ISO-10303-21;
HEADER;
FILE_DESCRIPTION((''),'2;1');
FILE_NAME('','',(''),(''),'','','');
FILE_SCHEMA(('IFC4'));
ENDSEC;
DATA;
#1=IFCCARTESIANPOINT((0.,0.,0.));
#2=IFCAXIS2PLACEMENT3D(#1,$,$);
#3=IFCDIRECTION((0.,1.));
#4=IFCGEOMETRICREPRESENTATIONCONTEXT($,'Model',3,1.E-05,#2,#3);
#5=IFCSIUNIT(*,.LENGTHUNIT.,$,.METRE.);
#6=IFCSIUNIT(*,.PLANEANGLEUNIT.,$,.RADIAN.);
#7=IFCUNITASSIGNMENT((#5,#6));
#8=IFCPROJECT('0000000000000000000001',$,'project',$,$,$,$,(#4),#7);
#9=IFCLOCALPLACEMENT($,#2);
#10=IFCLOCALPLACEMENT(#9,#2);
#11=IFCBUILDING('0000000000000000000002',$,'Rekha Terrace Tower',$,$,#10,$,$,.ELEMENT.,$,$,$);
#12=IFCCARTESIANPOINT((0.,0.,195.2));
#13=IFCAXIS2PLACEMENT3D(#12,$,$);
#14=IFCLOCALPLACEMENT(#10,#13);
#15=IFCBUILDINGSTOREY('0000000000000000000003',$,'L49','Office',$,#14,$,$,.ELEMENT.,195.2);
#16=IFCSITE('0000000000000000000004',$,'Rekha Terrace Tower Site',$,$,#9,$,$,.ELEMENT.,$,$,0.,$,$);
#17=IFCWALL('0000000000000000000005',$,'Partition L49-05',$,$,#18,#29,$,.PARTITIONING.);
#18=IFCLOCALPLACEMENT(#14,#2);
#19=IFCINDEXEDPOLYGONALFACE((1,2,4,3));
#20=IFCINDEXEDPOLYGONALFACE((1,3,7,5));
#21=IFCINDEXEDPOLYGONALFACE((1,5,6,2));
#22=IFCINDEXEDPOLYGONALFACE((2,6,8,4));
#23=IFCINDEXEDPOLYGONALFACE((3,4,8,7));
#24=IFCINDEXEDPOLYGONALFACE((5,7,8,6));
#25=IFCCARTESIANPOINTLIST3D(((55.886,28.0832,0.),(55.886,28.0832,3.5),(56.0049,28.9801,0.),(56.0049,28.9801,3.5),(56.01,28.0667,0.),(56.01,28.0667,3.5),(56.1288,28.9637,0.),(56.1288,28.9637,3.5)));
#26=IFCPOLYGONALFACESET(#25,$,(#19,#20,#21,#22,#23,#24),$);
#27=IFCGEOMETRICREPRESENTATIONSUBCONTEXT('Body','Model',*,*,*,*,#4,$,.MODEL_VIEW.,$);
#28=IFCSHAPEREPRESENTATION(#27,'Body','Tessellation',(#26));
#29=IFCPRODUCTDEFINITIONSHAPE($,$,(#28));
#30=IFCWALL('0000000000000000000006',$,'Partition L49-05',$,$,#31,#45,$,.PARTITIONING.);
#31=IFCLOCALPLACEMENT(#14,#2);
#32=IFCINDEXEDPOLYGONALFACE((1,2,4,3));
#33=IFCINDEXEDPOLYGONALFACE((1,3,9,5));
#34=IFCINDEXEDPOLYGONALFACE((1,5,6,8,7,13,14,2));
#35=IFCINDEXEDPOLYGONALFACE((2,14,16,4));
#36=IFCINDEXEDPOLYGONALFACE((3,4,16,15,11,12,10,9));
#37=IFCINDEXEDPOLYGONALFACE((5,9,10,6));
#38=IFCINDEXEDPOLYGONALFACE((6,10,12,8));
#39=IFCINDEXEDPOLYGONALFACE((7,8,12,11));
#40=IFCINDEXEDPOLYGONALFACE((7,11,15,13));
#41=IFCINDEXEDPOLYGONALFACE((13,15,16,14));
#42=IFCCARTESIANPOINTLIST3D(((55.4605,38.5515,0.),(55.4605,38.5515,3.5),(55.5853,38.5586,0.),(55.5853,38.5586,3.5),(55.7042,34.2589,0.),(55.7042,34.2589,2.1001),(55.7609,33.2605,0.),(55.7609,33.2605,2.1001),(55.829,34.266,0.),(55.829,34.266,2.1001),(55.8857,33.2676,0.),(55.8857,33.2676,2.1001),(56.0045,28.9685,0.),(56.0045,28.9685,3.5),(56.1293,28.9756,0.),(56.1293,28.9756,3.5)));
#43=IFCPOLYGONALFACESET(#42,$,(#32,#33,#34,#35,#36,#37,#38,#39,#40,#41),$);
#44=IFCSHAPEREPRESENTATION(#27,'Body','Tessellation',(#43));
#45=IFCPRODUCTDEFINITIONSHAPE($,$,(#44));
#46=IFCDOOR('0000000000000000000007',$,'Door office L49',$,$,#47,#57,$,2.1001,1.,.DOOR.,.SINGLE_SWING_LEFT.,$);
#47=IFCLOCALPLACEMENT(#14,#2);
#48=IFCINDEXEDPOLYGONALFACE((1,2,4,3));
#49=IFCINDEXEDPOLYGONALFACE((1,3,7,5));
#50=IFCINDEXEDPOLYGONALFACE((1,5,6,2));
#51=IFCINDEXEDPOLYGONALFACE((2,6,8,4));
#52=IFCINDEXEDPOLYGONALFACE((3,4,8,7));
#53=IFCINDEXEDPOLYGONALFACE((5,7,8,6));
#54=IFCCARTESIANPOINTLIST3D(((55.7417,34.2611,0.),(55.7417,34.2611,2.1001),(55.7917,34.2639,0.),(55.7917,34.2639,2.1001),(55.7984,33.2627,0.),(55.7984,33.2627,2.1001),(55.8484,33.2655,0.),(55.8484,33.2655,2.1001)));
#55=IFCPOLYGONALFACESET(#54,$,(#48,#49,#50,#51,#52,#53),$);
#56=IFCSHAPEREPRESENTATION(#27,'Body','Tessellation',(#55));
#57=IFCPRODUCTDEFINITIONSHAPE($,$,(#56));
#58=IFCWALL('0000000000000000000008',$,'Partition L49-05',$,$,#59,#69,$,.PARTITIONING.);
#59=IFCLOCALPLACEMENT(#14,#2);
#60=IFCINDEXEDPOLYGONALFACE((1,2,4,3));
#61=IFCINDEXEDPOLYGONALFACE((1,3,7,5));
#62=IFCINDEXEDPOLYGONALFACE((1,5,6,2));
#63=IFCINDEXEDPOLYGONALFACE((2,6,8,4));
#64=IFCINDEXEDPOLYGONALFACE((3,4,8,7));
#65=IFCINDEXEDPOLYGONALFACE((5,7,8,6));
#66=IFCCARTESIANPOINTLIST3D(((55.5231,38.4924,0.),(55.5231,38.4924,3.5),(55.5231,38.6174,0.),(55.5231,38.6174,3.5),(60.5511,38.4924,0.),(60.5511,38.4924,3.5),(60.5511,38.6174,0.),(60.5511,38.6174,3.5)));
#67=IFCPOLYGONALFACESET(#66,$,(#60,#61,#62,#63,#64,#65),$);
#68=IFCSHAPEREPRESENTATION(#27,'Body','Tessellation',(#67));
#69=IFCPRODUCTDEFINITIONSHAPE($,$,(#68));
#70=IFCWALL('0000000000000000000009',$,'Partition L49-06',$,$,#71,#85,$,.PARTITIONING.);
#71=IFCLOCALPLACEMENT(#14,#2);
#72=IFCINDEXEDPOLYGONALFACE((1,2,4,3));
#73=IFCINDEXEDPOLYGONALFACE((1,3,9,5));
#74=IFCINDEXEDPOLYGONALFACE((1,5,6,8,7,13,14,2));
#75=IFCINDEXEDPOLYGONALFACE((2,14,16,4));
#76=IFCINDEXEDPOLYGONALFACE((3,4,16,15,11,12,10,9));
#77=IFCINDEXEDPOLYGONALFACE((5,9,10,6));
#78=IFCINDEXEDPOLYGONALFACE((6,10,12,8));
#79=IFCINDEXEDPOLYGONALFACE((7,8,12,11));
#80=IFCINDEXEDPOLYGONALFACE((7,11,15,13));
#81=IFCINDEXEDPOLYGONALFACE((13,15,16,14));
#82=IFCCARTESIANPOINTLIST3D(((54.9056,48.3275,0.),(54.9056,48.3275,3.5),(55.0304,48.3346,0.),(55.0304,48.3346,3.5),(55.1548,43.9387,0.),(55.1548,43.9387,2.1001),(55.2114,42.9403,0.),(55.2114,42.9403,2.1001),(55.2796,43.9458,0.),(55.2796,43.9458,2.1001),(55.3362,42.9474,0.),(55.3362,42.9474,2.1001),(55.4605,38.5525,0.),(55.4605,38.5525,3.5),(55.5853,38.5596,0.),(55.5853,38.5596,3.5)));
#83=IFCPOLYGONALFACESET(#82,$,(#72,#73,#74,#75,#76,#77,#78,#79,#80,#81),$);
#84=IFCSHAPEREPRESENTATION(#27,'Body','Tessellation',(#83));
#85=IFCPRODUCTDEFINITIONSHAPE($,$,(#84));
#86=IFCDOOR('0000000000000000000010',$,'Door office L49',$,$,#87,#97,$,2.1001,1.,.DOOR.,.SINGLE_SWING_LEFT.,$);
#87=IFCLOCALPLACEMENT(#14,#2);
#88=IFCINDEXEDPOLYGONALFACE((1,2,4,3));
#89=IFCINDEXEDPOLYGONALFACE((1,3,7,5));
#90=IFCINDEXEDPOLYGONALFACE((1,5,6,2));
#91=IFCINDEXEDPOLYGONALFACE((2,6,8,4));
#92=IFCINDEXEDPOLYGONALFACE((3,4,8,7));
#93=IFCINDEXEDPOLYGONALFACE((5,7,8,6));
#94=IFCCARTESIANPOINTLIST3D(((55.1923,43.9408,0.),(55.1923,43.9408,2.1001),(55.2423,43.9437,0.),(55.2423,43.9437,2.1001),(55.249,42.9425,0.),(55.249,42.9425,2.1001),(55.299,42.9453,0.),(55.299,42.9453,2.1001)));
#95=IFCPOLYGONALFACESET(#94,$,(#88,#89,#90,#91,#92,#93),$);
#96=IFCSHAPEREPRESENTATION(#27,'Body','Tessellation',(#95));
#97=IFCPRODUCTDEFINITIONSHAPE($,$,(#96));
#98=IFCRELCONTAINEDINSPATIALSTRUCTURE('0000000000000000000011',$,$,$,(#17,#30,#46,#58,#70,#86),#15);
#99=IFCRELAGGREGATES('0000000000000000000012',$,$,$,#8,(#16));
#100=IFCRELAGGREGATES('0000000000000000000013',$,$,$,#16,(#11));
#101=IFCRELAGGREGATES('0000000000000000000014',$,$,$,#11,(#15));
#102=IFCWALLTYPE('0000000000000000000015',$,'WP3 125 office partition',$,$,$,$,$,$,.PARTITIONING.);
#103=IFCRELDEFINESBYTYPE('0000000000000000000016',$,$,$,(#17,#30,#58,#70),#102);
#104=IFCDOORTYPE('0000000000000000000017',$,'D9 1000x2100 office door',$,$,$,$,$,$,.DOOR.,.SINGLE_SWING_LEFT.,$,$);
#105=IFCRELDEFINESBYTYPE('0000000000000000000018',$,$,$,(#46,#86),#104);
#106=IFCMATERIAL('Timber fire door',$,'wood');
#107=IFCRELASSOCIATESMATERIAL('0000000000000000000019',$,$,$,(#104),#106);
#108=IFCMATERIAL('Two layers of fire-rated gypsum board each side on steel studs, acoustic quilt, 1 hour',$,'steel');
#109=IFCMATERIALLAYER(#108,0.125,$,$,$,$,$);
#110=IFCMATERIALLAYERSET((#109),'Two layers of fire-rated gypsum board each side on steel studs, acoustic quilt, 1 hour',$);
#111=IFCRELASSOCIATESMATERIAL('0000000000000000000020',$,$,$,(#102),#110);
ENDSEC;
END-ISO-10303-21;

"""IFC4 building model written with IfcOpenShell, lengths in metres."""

from ifc_helpers import new_model, si_unit, direction, frame, frame_2d, origin, place, context, subcontext, project, spatial, rectangle, extrude, material, layer, layer_set, type_object, element, fill, save


model = new_model("IFC4")

# Units and contexts
model_context = context("Model", 3, precision=1e-05, world=origin(), true_north=direction((0.0, 1.0)))
body_context = subcontext(model_context, "Body", "Model", "MODEL_VIEW")
ifc_project = project(units=[si_unit("LENGTHUNIT", "METRE"), si_unit("PLANEANGLEUNIT", "RADIAN")], contexts=[model_context])

# Site, building, storey
site_placement = place(None, origin())
site = spatial("IfcSite", under=ifc_project, at=site_placement, Name="Rekha Terrace Tower Site", CompositionType="ELEMENT", RefElevation=0.0)
building_placement = place(site_placement, origin())
building = spatial("IfcBuilding", under=site, at=building_placement, Name="Rekha Terrace Tower", CompositionType="ELEMENT")
storey_placement = place(building_placement, frame((0.0, 0.0, 195.2)))
storey = spatial("IfcBuildingStorey", under=building, at=storey_placement, Name="L49", Description="Office", CompositionType="ELEMENT", Elevation=195.2)

# Shared definitions
ifc_material_1 = material(Name="Timber fire door", Category="wood")
door_type = type_object("IfcDoorType", Name="D9 1000x2100 office door", OperationType="SINGLE_SWING_LEFT", PredefinedType="DOOR", material=ifc_material_1)

# Wall
ifc_material_2 = material(Name="Two layers of fire-rated gypsum board each side on steel studs, acoustic quilt, 1 hour", Category="steel")
ifc_layer_1 = layer(ifc_material_2, 0.125)
ifc_layer_set_1 = layer_set([ifc_layer_1], Name="Two layers of fire-rated gypsum board each side on steel studs, acoustic quilt, 1 hour")
wall_type_1 = type_object("IfcWallType", Name="WP3 125 office partition", PredefinedType="PARTITIONING", material=ifc_layer_set_1)
wall_1_placement = place(storey_placement, frame((55.948, 28.075, 0.0), z_axis=(0.0, 0.0, 1.0), x_axis=(0.131404, 0.991329, 0.0)))
element("IfcWall", 1, at=wall_1_placement, inside=storey, type_object=wall_type_1, Name="Partition L49-05", PredefinedType="PARTITIONING", context=body_context, shape_type="SweptSolid", body=[
    extrude(rectangle(XDim=0.9048, YDim=0.125, at=frame_2d((0.4524, 0.0))), origin(), (0.0, 0.0, 1.0), 3.5),
])

# Wall, opening, door
wall_2_placement = place(storey_placement, frame((56.0669, 28.9719, 0.0), z_axis=(0.0, 0.0, 1.0), x_axis=(-0.05667, 0.998393, 0.0)))
wall_2 = element("IfcWall", 2, at=wall_2_placement, inside=storey, type_object=wall_type_1, Name="Partition L49-05", PredefinedType="PARTITIONING", context=body_context, shape_type="SweptSolid", body=[
    extrude(rectangle(XDim=9.5984, YDim=0.125, at=frame_2d((4.7993, 0.0))), origin(), (0.0, 0.0, 1.0), 3.5),
])
opening_1_placement = place(wall_2_placement, frame((4.2991, 0.0, 0.0)))
opening_1 = element("IfcOpeningElement", 3, at=opening_1_placement, cuts=wall_2, PredefinedType="OPENING", context=body_context, shape_type="SweptSolid", body=[
    extrude(rectangle(XDim=1.0, YDim=2.1001, at=frame_2d((0.5, 1.05))), frame((0.0, 0.0725, 0.0), z_axis=(0.0, -1.0, 0.0), x_axis=(1.0, 0.0, 0.0)), (0.0, 0.0, 1.0), 0.145),
])
door_1_placement = place(opening_1_placement, origin())
door_1 = element("IfcDoor", 4, at=door_1_placement, inside=storey, type_object=door_type, Name="Door office L49", OperationType="SINGLE_SWING_LEFT", OverallHeight=2.1001, OverallWidth=1.0, PredefinedType="DOOR", context=body_context, shape_type="SweptSolid", body=[
    extrude(rectangle(XDim=1.0, YDim=2.1001, at=frame_2d((0.5, 1.05))), frame((0.0, 0.0249, 0.0), z_axis=(0.0, -1.0, 0.0), x_axis=(1.0, 0.0, 0.0)), (0.0, 0.0, 1.0), 0.05),
])
fill(opening_1, door_1)

# Wall
wall_3_placement = place(storey_placement, frame((55.5229, 38.5549, 0.0), z_axis=(0.0, 0.0, 1.0), x_axis=(1.0, 0.0, 0.0)))
element("IfcWall", 5, at=wall_3_placement, inside=storey, type_object=wall_type_1, Name="Partition L49-05", PredefinedType="PARTITIONING", context=body_context, shape_type="SweptSolid", body=[
    extrude(rectangle(XDim=5.0281, YDim=0.125, at=frame_2d((2.5142, 0.0))), origin(), (0.0, 0.0, 1.0), 3.5),
])

# Wall, opening, door
wall_4_placement = place(storey_placement, frame((55.5229, 38.5559, 0.0), z_axis=(0.0, 0.0, 1.0), x_axis=(-0.056678, 0.998392, 0.0)))
wall_4 = element("IfcWall", 6, at=wall_4_placement, inside=storey, type_object=wall_type_1, Name="Partition L49-06", PredefinedType="PARTITIONING", context=body_context, shape_type="SweptSolid", body=[
    extrude(rectangle(XDim=9.7908, YDim=0.125, at=frame_2d((4.8955, 0.0))), origin(), (0.0, 0.0, 1.0), 3.5),
])
opening_2_placement = place(wall_4_placement, frame((4.395, 0.0, 0.0)))
opening_2 = element("IfcOpeningElement", 7, at=opening_2_placement, cuts=wall_4, PredefinedType="OPENING", context=body_context, shape_type="SweptSolid", body=[
    extrude(rectangle(XDim=1.0, YDim=2.1001, at=frame_2d((0.5, 1.05))), frame((0.0, 0.0725, 0.0), z_axis=(0.0, -1.0, 0.0), x_axis=(1.0, 0.0, 0.0)), (0.0, 0.0, 1.0), 0.145),
])
door_2_placement = place(opening_2_placement, origin())
door_2 = element("IfcDoor", 8, at=door_2_placement, inside=storey, type_object=door_type, Name="Door office L49", OperationType="SINGLE_SWING_LEFT", OverallHeight=2.1001, OverallWidth=1.0, PredefinedType="DOOR", context=body_context, shape_type="SweptSolid", body=[
    extrude(rectangle(XDim=1.0, YDim=2.1001, at=frame_2d((0.5, 1.05))), frame((0.0, 0.0249, 0.0), z_axis=(0.0, -1.0, 0.0), x_axis=(1.0, 0.0, 0.0)), (0.0, 0.0, 1.0), 0.05),
])
fill(opening_2, door_2)

save(model, "model.ifc")
